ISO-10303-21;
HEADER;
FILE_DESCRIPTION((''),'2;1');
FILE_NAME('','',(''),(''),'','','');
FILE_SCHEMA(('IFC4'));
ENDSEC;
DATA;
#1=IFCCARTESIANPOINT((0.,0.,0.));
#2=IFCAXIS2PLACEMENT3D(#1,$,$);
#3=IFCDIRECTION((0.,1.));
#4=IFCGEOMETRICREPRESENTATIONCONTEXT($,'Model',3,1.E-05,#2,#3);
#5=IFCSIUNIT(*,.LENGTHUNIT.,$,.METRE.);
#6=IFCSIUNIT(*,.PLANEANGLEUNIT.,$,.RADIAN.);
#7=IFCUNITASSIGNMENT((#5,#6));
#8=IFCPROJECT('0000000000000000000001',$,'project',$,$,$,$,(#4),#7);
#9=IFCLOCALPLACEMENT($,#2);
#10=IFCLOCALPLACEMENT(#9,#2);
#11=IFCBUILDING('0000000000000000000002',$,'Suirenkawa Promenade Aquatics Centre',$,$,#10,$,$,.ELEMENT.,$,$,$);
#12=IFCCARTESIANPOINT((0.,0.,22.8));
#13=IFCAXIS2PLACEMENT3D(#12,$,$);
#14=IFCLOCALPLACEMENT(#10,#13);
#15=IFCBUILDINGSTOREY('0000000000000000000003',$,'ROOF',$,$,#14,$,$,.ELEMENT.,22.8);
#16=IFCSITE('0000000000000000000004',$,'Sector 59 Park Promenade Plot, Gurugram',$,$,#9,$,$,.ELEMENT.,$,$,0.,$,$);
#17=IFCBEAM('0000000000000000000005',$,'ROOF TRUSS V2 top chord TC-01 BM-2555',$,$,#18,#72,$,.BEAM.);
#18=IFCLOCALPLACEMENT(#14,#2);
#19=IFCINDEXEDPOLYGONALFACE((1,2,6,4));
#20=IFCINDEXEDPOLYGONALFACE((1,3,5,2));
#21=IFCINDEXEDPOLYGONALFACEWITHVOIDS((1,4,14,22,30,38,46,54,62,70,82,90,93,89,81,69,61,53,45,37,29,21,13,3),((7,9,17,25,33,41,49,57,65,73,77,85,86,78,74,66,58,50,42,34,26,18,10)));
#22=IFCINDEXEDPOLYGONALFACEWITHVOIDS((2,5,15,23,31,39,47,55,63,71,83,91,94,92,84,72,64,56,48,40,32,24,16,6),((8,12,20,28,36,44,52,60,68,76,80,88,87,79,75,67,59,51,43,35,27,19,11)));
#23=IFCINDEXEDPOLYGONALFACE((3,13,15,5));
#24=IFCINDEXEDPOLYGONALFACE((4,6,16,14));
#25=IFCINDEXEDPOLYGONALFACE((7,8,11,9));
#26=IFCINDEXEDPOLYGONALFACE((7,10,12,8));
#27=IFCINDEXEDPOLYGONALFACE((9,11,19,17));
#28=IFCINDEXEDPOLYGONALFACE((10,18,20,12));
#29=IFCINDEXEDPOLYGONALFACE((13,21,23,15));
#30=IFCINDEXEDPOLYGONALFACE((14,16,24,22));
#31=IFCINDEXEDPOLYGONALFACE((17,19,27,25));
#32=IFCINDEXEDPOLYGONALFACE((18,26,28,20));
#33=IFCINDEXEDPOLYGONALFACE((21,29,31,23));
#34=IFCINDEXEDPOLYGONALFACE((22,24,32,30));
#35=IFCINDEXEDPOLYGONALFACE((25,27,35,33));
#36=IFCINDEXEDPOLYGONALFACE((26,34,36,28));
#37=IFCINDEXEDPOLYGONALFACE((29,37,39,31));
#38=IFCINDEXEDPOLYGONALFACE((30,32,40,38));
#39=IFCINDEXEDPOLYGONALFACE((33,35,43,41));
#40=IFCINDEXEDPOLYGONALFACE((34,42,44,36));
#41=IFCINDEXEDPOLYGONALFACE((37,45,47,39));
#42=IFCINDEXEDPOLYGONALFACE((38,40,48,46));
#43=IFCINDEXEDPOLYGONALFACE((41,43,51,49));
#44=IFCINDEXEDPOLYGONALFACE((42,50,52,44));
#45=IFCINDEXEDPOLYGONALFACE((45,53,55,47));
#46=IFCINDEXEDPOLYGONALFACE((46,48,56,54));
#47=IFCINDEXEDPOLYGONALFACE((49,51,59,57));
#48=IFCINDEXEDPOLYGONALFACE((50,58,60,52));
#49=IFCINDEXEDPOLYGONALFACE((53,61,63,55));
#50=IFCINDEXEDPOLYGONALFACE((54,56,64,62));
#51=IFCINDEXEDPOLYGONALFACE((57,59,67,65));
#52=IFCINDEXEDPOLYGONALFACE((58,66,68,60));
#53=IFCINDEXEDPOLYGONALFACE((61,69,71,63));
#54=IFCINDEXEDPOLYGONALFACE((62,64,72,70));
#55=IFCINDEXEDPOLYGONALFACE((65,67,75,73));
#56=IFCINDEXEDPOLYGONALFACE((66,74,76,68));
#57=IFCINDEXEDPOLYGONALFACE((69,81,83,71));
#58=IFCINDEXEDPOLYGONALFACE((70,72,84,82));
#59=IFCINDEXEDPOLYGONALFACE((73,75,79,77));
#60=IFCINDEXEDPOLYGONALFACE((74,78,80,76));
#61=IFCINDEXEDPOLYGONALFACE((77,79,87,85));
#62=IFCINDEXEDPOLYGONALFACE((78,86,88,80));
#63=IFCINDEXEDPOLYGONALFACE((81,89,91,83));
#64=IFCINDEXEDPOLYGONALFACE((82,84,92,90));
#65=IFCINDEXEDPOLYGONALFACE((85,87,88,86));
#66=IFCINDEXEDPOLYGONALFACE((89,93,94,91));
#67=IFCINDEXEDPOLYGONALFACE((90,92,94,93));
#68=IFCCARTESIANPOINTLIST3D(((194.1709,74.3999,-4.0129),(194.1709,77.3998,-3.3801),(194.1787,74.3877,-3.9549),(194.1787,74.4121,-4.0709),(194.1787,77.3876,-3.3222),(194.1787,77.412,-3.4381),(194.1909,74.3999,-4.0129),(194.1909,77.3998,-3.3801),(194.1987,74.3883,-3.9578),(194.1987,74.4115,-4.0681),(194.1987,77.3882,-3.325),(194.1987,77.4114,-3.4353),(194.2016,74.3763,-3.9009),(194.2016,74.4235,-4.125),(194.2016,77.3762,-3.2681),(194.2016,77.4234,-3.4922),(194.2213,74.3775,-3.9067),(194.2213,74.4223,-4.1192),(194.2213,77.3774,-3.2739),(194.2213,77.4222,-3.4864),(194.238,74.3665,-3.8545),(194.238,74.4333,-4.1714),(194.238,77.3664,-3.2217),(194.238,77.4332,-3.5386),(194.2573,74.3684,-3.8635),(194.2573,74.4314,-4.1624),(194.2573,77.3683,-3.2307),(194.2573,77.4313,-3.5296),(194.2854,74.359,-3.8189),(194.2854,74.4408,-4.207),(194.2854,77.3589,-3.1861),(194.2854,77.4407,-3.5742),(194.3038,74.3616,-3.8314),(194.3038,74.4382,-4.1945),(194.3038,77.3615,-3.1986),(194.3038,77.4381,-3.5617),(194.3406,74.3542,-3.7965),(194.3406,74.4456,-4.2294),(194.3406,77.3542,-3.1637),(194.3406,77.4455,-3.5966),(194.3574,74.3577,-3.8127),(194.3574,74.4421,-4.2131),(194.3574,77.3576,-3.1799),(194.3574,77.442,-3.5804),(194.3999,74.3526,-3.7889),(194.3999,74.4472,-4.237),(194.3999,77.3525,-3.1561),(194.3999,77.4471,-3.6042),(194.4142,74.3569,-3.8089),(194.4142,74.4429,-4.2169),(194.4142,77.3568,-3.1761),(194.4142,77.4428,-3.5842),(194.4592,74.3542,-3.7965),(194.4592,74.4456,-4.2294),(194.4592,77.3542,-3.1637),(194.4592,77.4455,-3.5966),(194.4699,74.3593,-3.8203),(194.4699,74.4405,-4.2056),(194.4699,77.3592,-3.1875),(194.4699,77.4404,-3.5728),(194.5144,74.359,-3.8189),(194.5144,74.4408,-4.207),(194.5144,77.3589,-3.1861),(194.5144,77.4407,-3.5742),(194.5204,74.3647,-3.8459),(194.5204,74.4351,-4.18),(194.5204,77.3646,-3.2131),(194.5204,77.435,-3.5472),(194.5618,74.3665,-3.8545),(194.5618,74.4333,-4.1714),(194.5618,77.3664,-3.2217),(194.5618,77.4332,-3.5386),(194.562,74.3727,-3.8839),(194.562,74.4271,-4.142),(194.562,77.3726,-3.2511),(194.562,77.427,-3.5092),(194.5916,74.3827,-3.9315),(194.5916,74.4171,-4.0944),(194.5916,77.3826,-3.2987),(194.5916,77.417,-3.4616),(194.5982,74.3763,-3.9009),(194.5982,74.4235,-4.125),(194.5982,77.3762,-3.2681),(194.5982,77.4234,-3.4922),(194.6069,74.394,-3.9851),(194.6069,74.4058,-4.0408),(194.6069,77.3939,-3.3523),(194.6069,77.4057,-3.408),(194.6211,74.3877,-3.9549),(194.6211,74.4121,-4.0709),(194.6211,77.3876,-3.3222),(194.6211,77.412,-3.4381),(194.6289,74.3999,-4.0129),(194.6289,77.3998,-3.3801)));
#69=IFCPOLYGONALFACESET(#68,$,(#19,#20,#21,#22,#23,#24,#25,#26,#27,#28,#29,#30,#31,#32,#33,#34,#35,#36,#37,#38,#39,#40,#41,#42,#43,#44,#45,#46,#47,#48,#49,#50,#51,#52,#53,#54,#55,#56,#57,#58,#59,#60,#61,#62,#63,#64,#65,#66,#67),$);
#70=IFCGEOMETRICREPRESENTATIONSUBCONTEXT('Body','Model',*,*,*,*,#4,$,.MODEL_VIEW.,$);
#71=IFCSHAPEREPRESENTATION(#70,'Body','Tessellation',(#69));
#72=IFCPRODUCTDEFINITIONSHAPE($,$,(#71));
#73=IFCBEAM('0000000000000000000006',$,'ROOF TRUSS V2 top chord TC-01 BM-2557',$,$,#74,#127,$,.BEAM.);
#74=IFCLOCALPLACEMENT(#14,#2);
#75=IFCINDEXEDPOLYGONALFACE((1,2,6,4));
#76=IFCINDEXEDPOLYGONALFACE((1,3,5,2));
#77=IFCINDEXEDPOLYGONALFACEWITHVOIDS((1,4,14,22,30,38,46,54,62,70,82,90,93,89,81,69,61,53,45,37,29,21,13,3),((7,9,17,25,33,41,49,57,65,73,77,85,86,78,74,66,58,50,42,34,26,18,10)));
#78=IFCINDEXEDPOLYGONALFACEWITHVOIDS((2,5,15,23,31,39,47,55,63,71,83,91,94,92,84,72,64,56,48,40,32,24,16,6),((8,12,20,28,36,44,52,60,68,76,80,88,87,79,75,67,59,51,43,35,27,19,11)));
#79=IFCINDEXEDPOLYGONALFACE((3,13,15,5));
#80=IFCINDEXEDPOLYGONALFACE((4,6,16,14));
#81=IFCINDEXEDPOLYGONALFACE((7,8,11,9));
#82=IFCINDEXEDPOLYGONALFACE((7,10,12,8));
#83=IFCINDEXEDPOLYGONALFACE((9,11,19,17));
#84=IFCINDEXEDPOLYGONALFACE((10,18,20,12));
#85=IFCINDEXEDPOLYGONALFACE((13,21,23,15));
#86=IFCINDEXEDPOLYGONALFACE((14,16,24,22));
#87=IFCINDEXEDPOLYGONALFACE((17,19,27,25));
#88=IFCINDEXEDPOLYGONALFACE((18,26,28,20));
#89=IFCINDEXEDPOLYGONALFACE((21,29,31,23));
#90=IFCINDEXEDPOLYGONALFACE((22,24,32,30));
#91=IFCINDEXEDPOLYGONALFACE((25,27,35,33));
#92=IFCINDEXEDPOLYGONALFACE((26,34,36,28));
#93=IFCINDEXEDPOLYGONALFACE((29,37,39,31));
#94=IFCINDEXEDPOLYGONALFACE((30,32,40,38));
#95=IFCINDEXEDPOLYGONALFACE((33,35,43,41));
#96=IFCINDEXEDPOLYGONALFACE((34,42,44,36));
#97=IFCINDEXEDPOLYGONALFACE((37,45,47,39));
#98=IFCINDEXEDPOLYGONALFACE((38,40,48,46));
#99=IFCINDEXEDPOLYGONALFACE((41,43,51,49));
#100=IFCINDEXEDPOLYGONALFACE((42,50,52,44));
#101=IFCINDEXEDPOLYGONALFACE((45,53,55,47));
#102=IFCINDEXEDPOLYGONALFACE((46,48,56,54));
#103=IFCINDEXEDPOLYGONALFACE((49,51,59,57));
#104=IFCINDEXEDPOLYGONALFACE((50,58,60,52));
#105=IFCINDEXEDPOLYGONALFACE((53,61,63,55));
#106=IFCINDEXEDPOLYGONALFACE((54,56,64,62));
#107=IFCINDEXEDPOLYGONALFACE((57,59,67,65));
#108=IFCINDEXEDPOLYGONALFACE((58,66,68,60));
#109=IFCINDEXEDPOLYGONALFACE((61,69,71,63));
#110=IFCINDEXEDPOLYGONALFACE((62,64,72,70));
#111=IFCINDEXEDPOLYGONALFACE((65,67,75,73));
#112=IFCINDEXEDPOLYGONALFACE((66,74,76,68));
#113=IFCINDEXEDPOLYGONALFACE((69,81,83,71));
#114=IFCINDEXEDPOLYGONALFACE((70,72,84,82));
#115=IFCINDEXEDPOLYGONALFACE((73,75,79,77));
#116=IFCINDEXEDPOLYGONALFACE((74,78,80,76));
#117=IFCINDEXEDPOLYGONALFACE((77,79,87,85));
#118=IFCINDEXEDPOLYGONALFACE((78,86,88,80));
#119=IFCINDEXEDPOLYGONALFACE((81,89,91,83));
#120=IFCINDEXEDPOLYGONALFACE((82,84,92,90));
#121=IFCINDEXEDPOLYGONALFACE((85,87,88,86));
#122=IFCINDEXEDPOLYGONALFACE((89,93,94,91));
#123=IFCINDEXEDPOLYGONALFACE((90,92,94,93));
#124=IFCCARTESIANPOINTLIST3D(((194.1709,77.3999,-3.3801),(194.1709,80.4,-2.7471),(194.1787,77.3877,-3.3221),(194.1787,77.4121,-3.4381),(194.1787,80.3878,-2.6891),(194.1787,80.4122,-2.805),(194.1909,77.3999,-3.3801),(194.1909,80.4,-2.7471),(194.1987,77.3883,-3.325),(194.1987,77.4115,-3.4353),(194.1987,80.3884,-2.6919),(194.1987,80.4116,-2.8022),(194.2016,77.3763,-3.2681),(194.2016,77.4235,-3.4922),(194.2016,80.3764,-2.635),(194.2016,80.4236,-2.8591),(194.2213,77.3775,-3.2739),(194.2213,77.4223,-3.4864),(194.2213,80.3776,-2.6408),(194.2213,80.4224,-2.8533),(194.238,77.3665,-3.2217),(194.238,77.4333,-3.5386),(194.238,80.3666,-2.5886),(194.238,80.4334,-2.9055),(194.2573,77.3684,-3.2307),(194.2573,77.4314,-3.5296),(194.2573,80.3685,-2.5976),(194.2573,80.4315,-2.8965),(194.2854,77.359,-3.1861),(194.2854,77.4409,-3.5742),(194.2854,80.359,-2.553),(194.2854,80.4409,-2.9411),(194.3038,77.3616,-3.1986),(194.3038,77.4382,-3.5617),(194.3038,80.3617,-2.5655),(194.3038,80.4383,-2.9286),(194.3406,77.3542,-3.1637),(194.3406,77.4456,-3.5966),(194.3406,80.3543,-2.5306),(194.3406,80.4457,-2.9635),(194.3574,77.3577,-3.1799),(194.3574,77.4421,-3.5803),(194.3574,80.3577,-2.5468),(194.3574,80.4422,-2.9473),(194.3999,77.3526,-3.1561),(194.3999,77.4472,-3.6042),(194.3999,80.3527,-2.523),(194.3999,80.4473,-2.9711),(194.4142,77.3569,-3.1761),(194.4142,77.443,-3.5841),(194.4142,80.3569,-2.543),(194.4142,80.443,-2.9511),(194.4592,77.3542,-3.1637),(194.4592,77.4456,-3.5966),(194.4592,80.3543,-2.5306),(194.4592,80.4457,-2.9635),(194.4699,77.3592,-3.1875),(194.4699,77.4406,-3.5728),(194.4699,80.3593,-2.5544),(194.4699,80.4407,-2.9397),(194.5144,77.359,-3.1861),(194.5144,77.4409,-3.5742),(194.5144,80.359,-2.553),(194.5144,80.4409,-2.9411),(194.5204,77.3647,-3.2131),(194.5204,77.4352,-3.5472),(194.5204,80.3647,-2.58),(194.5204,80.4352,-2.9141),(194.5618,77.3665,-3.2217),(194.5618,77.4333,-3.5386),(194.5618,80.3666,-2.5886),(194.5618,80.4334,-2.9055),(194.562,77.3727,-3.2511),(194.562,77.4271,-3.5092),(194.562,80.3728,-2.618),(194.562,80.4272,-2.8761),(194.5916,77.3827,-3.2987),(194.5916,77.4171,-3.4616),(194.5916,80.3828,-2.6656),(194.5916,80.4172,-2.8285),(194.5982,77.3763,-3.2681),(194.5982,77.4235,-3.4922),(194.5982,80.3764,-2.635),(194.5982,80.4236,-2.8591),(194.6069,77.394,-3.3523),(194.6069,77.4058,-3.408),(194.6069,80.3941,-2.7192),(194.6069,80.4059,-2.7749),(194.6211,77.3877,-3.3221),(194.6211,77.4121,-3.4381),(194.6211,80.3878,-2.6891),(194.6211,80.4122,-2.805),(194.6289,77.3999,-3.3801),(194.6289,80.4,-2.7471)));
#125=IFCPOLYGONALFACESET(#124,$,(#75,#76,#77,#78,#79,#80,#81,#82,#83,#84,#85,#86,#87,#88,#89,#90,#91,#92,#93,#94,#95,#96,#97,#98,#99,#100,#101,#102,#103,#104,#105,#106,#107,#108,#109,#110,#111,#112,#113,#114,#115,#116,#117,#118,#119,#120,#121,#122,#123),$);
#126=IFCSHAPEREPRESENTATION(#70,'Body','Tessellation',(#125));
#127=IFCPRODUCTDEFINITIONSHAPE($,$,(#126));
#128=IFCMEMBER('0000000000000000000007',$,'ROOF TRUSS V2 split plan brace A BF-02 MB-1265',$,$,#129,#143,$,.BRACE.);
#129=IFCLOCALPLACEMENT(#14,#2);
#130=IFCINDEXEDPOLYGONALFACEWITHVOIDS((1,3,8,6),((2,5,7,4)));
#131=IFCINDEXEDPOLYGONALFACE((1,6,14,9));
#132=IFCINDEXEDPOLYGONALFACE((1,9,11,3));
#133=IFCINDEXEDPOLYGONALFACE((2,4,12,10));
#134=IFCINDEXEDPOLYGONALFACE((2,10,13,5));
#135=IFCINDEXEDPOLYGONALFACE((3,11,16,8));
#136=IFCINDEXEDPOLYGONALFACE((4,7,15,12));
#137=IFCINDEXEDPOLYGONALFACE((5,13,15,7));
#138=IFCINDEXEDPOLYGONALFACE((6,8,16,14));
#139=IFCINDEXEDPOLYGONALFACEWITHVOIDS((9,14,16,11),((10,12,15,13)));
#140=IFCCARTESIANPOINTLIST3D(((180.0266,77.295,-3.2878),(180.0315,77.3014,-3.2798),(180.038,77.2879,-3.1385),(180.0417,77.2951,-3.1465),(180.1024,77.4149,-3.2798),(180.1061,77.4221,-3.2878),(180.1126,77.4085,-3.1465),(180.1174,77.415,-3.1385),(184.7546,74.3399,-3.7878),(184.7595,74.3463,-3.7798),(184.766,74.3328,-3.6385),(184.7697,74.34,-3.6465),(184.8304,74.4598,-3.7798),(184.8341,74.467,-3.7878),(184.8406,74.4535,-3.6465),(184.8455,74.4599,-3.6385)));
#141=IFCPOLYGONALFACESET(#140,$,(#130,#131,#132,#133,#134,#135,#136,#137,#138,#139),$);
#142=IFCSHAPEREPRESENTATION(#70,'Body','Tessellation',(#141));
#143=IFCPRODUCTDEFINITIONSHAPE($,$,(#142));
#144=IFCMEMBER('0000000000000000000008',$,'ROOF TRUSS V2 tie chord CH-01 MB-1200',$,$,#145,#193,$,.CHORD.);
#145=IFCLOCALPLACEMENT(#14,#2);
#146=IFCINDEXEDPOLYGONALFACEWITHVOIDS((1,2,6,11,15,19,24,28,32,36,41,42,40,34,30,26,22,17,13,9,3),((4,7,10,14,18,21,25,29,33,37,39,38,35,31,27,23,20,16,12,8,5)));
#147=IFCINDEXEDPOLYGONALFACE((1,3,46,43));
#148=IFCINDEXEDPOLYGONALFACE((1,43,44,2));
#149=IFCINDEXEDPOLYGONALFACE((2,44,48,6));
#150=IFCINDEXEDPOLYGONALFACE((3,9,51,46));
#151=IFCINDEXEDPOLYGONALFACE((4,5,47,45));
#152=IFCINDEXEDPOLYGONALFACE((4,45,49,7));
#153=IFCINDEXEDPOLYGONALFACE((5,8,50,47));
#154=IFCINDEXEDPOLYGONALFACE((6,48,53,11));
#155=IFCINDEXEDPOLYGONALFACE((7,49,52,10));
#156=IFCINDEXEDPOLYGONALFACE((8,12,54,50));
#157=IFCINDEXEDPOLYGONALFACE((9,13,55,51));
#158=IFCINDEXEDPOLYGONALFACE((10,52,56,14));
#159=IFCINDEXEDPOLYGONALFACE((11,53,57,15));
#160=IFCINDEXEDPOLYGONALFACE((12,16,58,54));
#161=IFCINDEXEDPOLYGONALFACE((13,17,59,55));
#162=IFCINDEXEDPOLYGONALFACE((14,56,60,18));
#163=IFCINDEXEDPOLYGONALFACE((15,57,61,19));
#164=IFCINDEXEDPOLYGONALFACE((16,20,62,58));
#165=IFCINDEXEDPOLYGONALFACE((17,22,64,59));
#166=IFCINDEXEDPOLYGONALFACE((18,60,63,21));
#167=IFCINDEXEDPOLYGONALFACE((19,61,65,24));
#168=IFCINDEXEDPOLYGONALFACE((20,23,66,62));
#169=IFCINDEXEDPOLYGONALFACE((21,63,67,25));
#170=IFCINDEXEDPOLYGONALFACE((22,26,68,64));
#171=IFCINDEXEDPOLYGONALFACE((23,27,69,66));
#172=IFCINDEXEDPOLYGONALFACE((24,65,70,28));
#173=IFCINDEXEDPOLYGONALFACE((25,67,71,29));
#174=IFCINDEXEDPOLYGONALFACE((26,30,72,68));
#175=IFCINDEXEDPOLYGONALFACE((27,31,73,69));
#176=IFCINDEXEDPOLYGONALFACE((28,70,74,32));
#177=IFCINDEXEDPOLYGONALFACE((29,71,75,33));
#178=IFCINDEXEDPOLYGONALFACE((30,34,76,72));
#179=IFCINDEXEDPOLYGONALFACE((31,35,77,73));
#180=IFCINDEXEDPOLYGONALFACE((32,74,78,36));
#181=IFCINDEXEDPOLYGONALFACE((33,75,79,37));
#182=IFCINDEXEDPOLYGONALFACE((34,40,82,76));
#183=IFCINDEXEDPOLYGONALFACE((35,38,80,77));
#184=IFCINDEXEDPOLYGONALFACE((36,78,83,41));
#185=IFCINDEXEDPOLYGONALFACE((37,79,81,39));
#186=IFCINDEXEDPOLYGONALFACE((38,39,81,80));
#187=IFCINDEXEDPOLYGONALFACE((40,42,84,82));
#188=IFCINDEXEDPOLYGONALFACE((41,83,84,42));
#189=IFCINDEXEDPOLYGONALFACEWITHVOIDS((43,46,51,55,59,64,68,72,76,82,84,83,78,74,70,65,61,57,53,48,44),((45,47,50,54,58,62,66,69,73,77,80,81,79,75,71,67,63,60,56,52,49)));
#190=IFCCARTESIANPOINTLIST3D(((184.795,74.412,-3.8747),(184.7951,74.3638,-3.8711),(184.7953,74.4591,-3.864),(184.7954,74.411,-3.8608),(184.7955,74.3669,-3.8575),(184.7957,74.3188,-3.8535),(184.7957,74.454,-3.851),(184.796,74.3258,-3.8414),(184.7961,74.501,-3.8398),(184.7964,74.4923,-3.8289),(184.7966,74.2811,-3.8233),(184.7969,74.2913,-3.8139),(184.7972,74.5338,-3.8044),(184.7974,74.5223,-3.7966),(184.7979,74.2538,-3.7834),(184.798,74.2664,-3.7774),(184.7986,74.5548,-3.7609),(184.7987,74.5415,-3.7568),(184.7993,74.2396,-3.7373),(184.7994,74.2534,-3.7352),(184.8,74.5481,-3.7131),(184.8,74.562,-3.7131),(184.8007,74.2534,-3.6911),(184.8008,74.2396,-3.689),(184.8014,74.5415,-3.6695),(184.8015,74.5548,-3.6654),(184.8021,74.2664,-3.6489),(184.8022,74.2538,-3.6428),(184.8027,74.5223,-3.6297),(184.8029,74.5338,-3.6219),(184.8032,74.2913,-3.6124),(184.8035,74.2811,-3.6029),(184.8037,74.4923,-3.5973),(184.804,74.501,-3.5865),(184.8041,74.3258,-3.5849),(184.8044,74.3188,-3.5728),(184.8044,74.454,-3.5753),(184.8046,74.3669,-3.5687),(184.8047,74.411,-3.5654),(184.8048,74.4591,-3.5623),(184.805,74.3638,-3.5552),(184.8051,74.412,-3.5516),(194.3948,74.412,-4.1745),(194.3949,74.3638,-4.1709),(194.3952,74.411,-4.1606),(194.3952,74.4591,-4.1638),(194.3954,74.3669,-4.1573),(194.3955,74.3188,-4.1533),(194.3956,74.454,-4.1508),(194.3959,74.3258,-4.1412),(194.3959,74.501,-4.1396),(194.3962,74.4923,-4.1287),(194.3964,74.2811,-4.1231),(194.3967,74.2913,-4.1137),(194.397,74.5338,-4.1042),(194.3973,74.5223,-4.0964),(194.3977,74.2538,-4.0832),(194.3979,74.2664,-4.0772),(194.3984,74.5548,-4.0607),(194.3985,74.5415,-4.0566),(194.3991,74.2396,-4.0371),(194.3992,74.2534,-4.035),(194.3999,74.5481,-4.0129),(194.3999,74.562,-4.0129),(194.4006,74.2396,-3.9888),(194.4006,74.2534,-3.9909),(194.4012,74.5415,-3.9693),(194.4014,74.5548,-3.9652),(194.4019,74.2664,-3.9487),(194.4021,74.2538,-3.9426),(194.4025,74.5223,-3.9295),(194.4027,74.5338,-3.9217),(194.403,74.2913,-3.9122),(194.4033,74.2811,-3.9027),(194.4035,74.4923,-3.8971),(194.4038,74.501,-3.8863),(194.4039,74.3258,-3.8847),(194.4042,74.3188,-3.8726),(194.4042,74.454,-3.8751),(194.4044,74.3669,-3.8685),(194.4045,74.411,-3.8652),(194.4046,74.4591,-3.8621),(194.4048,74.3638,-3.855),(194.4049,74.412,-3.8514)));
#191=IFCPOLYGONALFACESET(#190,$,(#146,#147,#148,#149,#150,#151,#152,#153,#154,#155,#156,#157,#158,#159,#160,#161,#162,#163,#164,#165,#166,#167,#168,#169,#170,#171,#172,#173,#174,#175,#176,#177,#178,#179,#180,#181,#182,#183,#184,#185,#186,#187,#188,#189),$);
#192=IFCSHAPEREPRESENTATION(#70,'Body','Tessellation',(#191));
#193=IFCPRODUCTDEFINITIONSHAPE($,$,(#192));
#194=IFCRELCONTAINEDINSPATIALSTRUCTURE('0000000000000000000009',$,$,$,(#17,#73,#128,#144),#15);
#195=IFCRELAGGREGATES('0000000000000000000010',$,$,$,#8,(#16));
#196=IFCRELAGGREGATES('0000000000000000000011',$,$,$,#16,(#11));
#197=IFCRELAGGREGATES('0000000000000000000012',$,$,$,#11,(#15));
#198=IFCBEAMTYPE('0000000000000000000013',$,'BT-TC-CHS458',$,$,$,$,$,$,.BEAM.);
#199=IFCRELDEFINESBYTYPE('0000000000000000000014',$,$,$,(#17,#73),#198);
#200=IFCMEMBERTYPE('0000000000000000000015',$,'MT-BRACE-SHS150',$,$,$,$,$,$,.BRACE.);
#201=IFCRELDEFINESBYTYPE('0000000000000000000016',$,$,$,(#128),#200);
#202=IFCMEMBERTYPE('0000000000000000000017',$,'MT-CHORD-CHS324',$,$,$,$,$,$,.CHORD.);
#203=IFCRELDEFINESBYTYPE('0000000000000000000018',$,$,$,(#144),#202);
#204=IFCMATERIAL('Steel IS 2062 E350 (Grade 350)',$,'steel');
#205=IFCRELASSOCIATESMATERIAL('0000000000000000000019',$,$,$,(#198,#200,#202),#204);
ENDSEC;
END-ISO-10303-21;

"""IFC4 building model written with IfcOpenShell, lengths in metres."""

from ifc_helpers import new_model, si_unit, direction, frame, origin, origin_2d, place, context, subcontext, project, spatial, hollow_rectangle, hollow_circle, extrude, material, material_profile, profile_set, type_object, element, save


model = new_model("IFC4")

# Units and contexts
model_context = context("Model", 3, precision=1e-05, world=origin(), true_north=direction((0.0, 1.0)))
body_context = subcontext(model_context, "Body", "Model", "MODEL_VIEW")
ifc_project = project(units=[si_unit("LENGTHUNIT", "METRE"), si_unit("PLANEANGLEUNIT", "RADIAN")], contexts=[model_context])

# Site, building, storey
site_placement = place(None, origin())
site = spatial("IfcSite", under=ifc_project, at=site_placement, Name="Sector 59 Park Promenade Plot, Gurugram", CompositionType="ELEMENT", RefElevation=0.0)
building_placement = place(site_placement, origin())
building = spatial("IfcBuilding", under=site, at=building_placement, Name="Suirenkawa Promenade Aquatics Centre", CompositionType="ELEMENT")
storey_placement = place(building_placement, frame((0.0, 0.0, 22.8)))
storey = spatial("IfcBuildingStorey", under=building, at=storey_placement, Name="ROOF", CompositionType="ELEMENT", Elevation=22.8)

# Beams
ifc_material = material(Name="Steel IS 2062 E350 (Grade 350)", Category="steel")
ifc_material_profile_1 = material_profile(ifc_material, hollow_circle(Radius=0.229, WallThickness=0.02, at=origin_2d()), Name="CHS 458x20", Category="steel")
ifc_profile_set_1 = profile_set([ifc_material_profile_1], Name="Steel IS 2062 E350 (Grade 350)")
beam_type_1 = type_object("IfcBeamType", Name="BT-TC-CHS458", PredefinedType="BEAM", material=ifc_profile_set_1)
beam_1_placement = place(storey_placement, frame((194.3999, 74.3999, -4.0129), z_axis=(0.0, 0.978469, 0.206396), x_axis=(-1.0, 0.0, 0.0)))
element("IfcBeam", 1, at=beam_1_placement, inside=storey, type_object=beam_type_1, Name="ROOF TRUSS V2 top chord TC-01 BM-2555", PredefinedType="BEAM", context=body_context, shape_type="SweptSolid", body=[
    extrude(hollow_circle(Radius=0.229, WallThickness=0.02, at=origin_2d()), origin(), (0.0, 0.0, 1.0), 3.0659),
])
beam_2_placement = place(storey_placement, frame((194.3999, 77.3999, -3.3801), z_axis=(0.0, 0.978453, 0.206472), x_axis=(-1.0, 0.0, 0.0)))
element("IfcBeam", 2, at=beam_2_placement, inside=storey, type_object=beam_type_1, Name="ROOF TRUSS V2 top chord TC-01 BM-2557", PredefinedType="BEAM", context=body_context, shape_type="SweptSolid", body=[
    extrude(hollow_circle(Radius=0.229, WallThickness=0.02, at=origin_2d()), origin(), (0.0, 0.0, 1.0), 3.0662),
])

# Members
ifc_material_profile_2 = material_profile(ifc_material, hollow_rectangle(XDim=0.1499, YDim=0.1499, WallThickness=0.0081, at=origin_2d()), Name="SHS 150x150x8", Category="steel")
ifc_profile_set_2 = profile_set([ifc_material_profile_2], Name="Steel IS 2062 E350 (Grade 350)")
member_type_1 = type_object("IfcMemberType", Name="MT-BRACE-SHS150", PredefinedType="BRACE", material=ifc_profile_set_2)
member_1_placement = place(storey_placement, frame((184.8, 74.3999, -3.7131), z_axis=(-0.844604, 0.527888, 0.089319), x_axis=(-0.530007, -0.847993, 0.0)))
element("IfcMember", 3, at=member_1_placement, inside=storey, type_object=member_type_1, Name="ROOF TRUSS V2 split plan brace A BF-02 MB-1265", PredefinedType="BRACE", context=body_context, shape_type="SweptSolid", body=[
    extrude(hollow_rectangle(XDim=0.1499, YDim=0.1499, WallThickness=0.0081, at=origin_2d()), origin(), (0.0, 0.0, 1.0), 5.5979),
])
ifc_material_profile_3 = material_profile(ifc_material, hollow_circle(Radius=0.1621, WallThickness=0.0139, at=origin_2d()), Name="CHS 324x14", Category="steel")
ifc_profile_set_3 = profile_set([ifc_material_profile_3], Name="Steel IS 2062 E350 (Grade 350)")
member_type_2 = type_object("IfcMemberType", Name="MT-CHORD-CHS324", PredefinedType="CHORD", material=ifc_profile_set_3)
member_2_placement = place(storey_placement, frame((184.8, 74.3999, -3.7131), z_axis=(0.999513, 0.0, -0.031215), x_axis=(0.0, 1.0, 0.0)))
element("IfcMember", 4, at=member_2_placement, inside=storey, type_object=member_type_2, Name="ROOF TRUSS V2 tie chord CH-01 MB-1200", PredefinedType="CHORD", context=body_context, shape_type="SweptSolid", body=[
    extrude(hollow_circle(Radius=0.1621, WallThickness=0.0139, at=origin_2d()), origin(), (0.0, 0.0, 1.0), 9.6045),
])

save(model, "model.ifc")
